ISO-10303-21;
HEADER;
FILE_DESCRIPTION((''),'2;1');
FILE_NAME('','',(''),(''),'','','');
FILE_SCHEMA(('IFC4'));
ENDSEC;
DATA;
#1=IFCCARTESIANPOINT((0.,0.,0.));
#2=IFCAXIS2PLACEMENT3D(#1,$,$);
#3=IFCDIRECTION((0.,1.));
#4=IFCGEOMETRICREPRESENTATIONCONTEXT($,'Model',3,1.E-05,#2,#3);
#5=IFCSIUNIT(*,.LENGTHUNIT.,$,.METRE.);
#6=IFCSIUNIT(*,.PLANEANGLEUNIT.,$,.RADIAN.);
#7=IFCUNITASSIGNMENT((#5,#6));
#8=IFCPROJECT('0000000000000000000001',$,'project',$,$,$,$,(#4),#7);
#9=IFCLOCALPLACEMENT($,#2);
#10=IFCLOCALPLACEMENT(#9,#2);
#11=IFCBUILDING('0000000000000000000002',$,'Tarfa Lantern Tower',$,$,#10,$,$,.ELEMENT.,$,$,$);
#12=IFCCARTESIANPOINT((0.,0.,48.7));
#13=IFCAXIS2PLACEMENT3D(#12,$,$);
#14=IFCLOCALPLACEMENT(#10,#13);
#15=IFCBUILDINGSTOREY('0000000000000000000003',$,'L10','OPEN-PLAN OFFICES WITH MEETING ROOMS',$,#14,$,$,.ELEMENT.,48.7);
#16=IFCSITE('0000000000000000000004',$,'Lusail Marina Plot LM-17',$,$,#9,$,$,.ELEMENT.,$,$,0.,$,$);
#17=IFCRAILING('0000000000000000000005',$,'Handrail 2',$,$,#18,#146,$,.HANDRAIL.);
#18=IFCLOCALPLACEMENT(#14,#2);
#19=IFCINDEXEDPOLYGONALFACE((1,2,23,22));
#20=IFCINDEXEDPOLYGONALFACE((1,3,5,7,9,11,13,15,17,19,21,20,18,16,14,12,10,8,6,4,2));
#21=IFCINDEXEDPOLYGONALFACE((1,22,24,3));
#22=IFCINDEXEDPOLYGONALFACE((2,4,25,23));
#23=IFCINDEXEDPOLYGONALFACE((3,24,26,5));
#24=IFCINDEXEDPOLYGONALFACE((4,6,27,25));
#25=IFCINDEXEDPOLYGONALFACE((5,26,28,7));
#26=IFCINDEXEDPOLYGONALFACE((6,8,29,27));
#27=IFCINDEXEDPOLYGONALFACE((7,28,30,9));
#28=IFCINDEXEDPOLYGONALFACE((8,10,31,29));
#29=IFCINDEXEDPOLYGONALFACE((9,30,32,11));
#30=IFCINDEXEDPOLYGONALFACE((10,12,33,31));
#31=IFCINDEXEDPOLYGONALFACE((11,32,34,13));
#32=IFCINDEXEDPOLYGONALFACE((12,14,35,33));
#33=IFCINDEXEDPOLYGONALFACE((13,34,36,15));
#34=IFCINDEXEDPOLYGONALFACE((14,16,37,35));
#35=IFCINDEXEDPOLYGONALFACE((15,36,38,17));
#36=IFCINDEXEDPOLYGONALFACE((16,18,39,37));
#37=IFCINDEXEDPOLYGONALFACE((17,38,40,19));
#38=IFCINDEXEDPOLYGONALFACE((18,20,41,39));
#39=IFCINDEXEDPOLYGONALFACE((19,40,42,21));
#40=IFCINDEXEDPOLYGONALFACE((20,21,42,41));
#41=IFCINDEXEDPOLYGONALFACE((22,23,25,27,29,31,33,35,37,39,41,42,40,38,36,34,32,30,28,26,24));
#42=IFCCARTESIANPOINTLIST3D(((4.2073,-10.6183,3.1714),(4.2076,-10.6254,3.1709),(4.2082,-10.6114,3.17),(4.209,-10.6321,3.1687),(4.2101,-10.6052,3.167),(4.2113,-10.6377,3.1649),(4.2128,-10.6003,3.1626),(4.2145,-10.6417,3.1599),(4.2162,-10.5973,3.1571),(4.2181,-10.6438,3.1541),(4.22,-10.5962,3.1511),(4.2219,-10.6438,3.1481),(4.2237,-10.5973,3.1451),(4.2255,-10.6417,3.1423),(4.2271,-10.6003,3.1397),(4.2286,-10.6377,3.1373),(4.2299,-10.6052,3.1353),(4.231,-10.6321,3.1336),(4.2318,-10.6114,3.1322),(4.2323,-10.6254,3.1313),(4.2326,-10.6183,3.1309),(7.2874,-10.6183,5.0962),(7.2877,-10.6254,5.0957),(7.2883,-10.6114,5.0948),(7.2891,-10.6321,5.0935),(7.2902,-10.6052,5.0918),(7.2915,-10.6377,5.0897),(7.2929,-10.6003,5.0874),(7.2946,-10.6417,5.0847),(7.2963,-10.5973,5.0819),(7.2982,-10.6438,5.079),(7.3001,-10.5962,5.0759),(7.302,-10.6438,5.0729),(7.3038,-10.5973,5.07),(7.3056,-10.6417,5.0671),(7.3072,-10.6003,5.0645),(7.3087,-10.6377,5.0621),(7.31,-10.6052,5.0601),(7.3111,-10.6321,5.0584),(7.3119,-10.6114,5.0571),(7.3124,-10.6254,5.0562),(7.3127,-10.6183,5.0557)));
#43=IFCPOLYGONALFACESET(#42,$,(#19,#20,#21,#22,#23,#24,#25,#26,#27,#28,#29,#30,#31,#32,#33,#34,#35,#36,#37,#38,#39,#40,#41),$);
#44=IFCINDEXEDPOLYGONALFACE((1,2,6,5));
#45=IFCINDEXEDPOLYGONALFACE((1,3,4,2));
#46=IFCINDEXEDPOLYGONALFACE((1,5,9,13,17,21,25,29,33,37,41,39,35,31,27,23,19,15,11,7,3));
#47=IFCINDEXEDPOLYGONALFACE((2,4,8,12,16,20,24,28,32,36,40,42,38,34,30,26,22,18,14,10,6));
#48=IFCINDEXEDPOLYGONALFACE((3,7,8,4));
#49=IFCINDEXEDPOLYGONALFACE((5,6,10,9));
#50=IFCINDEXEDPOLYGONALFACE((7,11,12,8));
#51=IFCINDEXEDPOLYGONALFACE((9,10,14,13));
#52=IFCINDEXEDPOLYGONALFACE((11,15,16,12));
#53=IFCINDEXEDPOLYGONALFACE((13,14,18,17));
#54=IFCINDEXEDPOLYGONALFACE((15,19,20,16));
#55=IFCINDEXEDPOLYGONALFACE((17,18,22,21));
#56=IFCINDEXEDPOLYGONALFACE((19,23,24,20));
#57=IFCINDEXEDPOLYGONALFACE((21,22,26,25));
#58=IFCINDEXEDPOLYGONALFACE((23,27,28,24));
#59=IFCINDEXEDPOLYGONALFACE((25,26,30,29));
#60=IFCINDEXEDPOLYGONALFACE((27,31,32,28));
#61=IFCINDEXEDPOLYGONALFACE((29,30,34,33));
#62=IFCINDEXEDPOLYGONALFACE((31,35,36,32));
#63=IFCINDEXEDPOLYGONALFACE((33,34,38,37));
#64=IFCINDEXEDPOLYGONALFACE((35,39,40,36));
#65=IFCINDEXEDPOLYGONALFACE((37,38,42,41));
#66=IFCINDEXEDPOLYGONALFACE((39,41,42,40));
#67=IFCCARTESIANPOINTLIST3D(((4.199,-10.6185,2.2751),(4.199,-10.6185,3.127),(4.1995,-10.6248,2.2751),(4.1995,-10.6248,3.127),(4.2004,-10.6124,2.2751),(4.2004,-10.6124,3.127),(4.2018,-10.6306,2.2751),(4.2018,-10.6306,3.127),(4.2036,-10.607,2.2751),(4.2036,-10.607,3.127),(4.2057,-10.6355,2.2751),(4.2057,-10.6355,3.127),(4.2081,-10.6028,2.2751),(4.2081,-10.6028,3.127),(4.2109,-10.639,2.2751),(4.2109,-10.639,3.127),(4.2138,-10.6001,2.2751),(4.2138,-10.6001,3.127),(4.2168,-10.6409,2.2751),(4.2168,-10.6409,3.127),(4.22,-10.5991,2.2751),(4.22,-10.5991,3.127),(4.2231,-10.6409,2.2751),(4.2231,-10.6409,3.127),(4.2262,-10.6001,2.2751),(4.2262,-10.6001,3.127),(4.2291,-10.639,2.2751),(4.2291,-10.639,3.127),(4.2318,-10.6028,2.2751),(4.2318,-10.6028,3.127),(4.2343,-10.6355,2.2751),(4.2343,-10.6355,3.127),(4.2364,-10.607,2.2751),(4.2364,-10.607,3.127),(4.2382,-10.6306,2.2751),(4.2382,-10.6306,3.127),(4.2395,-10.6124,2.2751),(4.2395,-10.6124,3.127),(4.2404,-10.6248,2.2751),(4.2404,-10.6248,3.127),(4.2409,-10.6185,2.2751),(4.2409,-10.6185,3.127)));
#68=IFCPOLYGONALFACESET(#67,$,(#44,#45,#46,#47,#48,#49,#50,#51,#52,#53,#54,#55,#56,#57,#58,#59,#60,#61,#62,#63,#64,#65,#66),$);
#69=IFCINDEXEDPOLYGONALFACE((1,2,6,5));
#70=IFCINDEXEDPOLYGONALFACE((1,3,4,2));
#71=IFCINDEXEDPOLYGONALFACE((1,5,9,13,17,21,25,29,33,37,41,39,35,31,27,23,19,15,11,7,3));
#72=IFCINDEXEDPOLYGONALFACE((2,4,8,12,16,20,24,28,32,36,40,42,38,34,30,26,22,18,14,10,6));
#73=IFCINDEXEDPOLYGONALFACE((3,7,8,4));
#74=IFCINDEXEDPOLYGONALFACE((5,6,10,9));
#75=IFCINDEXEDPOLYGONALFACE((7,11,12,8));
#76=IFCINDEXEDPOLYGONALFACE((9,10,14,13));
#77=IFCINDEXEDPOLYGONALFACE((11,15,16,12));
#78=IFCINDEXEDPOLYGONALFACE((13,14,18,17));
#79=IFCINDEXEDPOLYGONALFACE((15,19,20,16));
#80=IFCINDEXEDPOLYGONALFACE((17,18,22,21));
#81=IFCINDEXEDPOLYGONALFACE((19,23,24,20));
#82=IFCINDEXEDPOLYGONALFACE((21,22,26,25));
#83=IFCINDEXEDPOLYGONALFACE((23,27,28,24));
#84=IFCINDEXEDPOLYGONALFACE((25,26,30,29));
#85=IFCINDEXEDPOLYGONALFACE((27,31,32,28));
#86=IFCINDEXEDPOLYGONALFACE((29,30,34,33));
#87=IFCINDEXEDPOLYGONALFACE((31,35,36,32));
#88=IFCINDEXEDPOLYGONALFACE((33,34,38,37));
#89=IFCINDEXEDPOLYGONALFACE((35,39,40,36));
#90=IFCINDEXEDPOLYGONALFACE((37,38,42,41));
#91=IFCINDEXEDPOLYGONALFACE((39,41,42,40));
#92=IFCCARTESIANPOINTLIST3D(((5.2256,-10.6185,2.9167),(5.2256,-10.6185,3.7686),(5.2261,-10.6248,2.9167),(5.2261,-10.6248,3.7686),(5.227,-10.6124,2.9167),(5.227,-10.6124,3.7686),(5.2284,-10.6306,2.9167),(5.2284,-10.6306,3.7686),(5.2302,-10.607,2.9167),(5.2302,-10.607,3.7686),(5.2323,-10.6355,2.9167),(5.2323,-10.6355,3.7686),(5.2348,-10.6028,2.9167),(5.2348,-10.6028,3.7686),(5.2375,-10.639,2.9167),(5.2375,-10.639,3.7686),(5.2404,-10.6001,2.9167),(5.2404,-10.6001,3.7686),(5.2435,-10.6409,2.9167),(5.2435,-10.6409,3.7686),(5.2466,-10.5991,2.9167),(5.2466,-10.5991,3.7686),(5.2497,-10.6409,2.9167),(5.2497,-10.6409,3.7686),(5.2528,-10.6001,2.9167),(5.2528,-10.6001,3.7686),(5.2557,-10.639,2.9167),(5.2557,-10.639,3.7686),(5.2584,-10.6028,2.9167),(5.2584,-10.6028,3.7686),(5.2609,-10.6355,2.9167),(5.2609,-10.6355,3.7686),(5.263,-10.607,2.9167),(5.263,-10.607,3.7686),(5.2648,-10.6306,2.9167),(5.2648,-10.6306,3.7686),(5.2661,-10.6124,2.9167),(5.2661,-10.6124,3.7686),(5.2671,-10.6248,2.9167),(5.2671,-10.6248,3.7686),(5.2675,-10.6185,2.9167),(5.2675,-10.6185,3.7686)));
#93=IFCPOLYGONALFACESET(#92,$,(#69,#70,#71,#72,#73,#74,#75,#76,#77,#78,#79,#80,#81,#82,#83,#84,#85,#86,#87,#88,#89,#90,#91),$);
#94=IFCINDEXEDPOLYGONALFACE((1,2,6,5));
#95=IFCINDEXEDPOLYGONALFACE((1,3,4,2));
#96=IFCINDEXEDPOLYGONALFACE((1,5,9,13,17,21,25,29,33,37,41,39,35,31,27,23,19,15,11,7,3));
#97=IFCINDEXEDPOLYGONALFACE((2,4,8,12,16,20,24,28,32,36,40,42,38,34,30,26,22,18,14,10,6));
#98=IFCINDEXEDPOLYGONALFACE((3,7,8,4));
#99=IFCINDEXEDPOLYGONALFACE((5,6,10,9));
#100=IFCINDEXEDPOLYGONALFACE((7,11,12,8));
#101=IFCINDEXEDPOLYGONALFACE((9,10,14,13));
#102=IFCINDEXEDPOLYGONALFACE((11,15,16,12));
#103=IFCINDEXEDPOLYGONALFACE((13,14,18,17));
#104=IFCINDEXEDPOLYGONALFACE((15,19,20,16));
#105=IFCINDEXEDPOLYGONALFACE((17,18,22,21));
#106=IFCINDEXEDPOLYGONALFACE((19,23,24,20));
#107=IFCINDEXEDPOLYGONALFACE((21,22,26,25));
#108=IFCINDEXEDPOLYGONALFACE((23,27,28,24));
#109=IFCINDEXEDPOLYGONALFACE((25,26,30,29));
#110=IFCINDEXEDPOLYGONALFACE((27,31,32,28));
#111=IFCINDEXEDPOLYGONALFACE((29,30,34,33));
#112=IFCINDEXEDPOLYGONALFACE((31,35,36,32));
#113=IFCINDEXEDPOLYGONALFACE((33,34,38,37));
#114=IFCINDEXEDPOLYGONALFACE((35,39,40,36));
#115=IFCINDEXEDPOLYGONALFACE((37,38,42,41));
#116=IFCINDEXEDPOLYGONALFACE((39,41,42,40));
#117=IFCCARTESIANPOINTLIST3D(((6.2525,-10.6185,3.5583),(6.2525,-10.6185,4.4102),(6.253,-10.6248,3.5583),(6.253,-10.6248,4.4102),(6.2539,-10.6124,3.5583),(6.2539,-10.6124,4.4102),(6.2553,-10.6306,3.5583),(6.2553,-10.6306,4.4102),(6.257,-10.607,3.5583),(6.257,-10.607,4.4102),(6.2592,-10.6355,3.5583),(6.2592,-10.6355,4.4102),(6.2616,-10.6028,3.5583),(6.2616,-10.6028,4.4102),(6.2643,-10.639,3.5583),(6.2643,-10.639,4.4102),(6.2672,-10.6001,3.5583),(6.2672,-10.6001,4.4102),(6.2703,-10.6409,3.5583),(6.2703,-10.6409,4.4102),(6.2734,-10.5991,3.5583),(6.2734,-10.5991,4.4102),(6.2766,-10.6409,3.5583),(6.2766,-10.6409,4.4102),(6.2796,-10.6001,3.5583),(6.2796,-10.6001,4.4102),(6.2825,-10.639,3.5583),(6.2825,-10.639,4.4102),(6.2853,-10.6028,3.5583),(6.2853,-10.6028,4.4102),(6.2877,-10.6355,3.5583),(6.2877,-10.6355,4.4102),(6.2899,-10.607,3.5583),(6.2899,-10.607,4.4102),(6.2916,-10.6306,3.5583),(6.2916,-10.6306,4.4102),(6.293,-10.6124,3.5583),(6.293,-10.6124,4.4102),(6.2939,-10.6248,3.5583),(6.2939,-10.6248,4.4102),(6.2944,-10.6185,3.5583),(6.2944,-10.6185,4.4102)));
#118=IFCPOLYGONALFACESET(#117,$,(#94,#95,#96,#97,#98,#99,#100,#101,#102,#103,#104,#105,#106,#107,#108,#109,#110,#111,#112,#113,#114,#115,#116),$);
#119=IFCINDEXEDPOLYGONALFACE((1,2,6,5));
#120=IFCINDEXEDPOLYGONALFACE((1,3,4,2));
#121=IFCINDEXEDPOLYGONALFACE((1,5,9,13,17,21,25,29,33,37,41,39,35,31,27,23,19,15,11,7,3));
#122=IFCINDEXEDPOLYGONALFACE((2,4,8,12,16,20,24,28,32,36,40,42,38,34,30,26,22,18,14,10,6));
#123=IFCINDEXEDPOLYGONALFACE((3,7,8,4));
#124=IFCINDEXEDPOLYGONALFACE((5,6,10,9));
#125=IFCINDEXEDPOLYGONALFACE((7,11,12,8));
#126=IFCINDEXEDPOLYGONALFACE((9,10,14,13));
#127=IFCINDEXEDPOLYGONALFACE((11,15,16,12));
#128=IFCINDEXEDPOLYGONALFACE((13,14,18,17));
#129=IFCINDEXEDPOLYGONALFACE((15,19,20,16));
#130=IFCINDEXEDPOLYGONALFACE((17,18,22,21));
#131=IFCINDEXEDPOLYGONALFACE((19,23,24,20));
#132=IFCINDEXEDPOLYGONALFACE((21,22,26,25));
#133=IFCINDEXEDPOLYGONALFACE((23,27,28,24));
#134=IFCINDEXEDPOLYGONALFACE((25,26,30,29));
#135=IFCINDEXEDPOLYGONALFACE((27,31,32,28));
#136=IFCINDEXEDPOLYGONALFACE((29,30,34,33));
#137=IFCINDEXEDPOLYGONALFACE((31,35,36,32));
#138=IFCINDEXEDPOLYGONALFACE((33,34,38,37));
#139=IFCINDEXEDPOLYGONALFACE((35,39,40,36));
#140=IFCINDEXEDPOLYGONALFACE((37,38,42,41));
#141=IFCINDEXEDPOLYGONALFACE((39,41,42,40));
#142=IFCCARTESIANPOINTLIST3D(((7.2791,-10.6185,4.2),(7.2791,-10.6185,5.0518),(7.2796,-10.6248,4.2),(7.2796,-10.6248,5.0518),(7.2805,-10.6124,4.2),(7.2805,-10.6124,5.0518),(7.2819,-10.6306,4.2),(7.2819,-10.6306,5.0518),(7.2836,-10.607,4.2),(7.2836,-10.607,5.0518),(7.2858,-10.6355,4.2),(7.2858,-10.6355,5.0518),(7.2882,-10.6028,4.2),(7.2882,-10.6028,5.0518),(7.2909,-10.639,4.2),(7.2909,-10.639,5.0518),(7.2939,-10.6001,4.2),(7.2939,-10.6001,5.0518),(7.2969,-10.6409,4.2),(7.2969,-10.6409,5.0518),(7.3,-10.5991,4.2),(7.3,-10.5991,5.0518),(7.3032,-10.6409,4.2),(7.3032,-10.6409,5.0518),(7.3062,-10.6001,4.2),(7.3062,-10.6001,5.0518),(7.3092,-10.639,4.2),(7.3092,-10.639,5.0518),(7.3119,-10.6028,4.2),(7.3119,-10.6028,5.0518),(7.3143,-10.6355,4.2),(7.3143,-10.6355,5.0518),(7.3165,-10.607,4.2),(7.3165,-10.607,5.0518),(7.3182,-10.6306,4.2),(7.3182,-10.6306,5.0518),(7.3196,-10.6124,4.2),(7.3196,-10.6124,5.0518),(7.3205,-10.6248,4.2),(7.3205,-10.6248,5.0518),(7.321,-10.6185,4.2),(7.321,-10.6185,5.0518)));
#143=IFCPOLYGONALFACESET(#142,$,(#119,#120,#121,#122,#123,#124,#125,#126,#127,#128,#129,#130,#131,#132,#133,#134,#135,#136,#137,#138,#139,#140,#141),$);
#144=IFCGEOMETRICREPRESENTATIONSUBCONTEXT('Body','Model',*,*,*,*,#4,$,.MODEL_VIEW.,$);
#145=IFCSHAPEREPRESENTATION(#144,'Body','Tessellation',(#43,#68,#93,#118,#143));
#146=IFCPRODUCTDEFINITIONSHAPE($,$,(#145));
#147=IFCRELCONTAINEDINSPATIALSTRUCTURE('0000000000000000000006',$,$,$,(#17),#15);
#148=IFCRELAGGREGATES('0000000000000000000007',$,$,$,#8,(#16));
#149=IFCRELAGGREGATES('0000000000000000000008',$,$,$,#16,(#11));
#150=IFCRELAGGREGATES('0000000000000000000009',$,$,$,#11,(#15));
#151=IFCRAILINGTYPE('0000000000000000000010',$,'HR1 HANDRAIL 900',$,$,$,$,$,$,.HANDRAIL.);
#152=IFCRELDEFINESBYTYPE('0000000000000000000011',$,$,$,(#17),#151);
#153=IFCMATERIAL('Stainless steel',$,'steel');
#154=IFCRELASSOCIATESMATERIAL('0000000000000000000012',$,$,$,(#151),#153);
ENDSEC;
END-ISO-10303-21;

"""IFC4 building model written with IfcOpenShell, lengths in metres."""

from ifc_helpers import new_model, si_unit, direction, frame, origin, origin_2d, place, context, subcontext, project, spatial, circle, extrude, material, type_object, element, save


model = new_model("IFC4")

# Units and contexts
model_context = context("Model", 3, precision=1e-05, world=origin(), true_north=direction((0.0, 1.0)))
body_context = subcontext(model_context, "Body", "Model", "MODEL_VIEW")
ifc_project = project(units=[si_unit("LENGTHUNIT", "METRE"), si_unit("PLANEANGLEUNIT", "RADIAN")], contexts=[model_context])

# Site, building, storey
site_placement = place(None, origin())
site = spatial("IfcSite", under=ifc_project, at=site_placement, Name="Lusail Marina Plot LM-17", CompositionType="ELEMENT", RefElevation=0.0)
building_placement = place(site_placement, origin())
building = spatial("IfcBuilding", under=site, at=building_placement, Name="Tarfa Lantern Tower", CompositionType="ELEMENT")
storey_placement = place(building_placement, frame((0.0, 0.0, 48.7)))
storey = spatial("IfcBuildingStorey", under=building, at=storey_placement, Name="L10", Description="OPEN-PLAN OFFICES WITH MEETING ROOMS", CompositionType="ELEMENT", Elevation=48.7)

# Railing
ifc_material_1 = material(Name="Stainless steel", Category="steel")
railing_type = type_object("IfcRailingType", Name="HR1 HANDRAIL 900", PredefinedType="HANDRAIL", material=ifc_material_1)
railing_1_placement = place(storey_placement, frame((4.22, -10.6201, 2.2751)))
element("IfcRailing", 1, at=railing_1_placement, inside=storey, type_object=railing_type, Name="Handrail 2", PredefinedType="HANDRAIL", context=body_context, shape_type="SweptSolid", body=[
    extrude(circle(Radius=0.0239, at=origin_2d()), frame((0.0, 0.0, 0.876), z_axis=(0.848029, 0.0, 0.529951), x_axis=(0.0, 1.0, 0.0)), (0.0, 0.0, 1.0), 3.6321),
    extrude(circle(Radius=0.021, at=origin_2d()), frame((0.0, 0.0, 0.0), z_axis=(0.0, 0.0, 1.0), x_axis=(0.0, 1.0, 0.0)), (0.0, 0.0, 1.0), 0.8518),
    extrude(circle(Radius=0.021, at=origin_2d()), frame((1.0266, 0.0, 0.6416), z_axis=(0.0, 0.0, 1.0), x_axis=(0.0, 1.0, 0.0)), (0.0, 0.0, 1.0), 0.8518),
    extrude(circle(Radius=0.021, at=origin_2d()), frame((2.0535, 0.0, 1.2832), z_axis=(0.0, 0.0, 1.0), x_axis=(0.0, 1.0, 0.0)), (0.0, 0.0, 1.0), 0.8518),
    extrude(circle(Radius=0.021, at=origin_2d()), frame((3.0801, 0.0, 1.9248), z_axis=(0.0, 0.0, 1.0), x_axis=(0.0, 1.0, 0.0)), (0.0, 0.0, 1.0), 0.8518),
])

save(model, "model.ifc")
